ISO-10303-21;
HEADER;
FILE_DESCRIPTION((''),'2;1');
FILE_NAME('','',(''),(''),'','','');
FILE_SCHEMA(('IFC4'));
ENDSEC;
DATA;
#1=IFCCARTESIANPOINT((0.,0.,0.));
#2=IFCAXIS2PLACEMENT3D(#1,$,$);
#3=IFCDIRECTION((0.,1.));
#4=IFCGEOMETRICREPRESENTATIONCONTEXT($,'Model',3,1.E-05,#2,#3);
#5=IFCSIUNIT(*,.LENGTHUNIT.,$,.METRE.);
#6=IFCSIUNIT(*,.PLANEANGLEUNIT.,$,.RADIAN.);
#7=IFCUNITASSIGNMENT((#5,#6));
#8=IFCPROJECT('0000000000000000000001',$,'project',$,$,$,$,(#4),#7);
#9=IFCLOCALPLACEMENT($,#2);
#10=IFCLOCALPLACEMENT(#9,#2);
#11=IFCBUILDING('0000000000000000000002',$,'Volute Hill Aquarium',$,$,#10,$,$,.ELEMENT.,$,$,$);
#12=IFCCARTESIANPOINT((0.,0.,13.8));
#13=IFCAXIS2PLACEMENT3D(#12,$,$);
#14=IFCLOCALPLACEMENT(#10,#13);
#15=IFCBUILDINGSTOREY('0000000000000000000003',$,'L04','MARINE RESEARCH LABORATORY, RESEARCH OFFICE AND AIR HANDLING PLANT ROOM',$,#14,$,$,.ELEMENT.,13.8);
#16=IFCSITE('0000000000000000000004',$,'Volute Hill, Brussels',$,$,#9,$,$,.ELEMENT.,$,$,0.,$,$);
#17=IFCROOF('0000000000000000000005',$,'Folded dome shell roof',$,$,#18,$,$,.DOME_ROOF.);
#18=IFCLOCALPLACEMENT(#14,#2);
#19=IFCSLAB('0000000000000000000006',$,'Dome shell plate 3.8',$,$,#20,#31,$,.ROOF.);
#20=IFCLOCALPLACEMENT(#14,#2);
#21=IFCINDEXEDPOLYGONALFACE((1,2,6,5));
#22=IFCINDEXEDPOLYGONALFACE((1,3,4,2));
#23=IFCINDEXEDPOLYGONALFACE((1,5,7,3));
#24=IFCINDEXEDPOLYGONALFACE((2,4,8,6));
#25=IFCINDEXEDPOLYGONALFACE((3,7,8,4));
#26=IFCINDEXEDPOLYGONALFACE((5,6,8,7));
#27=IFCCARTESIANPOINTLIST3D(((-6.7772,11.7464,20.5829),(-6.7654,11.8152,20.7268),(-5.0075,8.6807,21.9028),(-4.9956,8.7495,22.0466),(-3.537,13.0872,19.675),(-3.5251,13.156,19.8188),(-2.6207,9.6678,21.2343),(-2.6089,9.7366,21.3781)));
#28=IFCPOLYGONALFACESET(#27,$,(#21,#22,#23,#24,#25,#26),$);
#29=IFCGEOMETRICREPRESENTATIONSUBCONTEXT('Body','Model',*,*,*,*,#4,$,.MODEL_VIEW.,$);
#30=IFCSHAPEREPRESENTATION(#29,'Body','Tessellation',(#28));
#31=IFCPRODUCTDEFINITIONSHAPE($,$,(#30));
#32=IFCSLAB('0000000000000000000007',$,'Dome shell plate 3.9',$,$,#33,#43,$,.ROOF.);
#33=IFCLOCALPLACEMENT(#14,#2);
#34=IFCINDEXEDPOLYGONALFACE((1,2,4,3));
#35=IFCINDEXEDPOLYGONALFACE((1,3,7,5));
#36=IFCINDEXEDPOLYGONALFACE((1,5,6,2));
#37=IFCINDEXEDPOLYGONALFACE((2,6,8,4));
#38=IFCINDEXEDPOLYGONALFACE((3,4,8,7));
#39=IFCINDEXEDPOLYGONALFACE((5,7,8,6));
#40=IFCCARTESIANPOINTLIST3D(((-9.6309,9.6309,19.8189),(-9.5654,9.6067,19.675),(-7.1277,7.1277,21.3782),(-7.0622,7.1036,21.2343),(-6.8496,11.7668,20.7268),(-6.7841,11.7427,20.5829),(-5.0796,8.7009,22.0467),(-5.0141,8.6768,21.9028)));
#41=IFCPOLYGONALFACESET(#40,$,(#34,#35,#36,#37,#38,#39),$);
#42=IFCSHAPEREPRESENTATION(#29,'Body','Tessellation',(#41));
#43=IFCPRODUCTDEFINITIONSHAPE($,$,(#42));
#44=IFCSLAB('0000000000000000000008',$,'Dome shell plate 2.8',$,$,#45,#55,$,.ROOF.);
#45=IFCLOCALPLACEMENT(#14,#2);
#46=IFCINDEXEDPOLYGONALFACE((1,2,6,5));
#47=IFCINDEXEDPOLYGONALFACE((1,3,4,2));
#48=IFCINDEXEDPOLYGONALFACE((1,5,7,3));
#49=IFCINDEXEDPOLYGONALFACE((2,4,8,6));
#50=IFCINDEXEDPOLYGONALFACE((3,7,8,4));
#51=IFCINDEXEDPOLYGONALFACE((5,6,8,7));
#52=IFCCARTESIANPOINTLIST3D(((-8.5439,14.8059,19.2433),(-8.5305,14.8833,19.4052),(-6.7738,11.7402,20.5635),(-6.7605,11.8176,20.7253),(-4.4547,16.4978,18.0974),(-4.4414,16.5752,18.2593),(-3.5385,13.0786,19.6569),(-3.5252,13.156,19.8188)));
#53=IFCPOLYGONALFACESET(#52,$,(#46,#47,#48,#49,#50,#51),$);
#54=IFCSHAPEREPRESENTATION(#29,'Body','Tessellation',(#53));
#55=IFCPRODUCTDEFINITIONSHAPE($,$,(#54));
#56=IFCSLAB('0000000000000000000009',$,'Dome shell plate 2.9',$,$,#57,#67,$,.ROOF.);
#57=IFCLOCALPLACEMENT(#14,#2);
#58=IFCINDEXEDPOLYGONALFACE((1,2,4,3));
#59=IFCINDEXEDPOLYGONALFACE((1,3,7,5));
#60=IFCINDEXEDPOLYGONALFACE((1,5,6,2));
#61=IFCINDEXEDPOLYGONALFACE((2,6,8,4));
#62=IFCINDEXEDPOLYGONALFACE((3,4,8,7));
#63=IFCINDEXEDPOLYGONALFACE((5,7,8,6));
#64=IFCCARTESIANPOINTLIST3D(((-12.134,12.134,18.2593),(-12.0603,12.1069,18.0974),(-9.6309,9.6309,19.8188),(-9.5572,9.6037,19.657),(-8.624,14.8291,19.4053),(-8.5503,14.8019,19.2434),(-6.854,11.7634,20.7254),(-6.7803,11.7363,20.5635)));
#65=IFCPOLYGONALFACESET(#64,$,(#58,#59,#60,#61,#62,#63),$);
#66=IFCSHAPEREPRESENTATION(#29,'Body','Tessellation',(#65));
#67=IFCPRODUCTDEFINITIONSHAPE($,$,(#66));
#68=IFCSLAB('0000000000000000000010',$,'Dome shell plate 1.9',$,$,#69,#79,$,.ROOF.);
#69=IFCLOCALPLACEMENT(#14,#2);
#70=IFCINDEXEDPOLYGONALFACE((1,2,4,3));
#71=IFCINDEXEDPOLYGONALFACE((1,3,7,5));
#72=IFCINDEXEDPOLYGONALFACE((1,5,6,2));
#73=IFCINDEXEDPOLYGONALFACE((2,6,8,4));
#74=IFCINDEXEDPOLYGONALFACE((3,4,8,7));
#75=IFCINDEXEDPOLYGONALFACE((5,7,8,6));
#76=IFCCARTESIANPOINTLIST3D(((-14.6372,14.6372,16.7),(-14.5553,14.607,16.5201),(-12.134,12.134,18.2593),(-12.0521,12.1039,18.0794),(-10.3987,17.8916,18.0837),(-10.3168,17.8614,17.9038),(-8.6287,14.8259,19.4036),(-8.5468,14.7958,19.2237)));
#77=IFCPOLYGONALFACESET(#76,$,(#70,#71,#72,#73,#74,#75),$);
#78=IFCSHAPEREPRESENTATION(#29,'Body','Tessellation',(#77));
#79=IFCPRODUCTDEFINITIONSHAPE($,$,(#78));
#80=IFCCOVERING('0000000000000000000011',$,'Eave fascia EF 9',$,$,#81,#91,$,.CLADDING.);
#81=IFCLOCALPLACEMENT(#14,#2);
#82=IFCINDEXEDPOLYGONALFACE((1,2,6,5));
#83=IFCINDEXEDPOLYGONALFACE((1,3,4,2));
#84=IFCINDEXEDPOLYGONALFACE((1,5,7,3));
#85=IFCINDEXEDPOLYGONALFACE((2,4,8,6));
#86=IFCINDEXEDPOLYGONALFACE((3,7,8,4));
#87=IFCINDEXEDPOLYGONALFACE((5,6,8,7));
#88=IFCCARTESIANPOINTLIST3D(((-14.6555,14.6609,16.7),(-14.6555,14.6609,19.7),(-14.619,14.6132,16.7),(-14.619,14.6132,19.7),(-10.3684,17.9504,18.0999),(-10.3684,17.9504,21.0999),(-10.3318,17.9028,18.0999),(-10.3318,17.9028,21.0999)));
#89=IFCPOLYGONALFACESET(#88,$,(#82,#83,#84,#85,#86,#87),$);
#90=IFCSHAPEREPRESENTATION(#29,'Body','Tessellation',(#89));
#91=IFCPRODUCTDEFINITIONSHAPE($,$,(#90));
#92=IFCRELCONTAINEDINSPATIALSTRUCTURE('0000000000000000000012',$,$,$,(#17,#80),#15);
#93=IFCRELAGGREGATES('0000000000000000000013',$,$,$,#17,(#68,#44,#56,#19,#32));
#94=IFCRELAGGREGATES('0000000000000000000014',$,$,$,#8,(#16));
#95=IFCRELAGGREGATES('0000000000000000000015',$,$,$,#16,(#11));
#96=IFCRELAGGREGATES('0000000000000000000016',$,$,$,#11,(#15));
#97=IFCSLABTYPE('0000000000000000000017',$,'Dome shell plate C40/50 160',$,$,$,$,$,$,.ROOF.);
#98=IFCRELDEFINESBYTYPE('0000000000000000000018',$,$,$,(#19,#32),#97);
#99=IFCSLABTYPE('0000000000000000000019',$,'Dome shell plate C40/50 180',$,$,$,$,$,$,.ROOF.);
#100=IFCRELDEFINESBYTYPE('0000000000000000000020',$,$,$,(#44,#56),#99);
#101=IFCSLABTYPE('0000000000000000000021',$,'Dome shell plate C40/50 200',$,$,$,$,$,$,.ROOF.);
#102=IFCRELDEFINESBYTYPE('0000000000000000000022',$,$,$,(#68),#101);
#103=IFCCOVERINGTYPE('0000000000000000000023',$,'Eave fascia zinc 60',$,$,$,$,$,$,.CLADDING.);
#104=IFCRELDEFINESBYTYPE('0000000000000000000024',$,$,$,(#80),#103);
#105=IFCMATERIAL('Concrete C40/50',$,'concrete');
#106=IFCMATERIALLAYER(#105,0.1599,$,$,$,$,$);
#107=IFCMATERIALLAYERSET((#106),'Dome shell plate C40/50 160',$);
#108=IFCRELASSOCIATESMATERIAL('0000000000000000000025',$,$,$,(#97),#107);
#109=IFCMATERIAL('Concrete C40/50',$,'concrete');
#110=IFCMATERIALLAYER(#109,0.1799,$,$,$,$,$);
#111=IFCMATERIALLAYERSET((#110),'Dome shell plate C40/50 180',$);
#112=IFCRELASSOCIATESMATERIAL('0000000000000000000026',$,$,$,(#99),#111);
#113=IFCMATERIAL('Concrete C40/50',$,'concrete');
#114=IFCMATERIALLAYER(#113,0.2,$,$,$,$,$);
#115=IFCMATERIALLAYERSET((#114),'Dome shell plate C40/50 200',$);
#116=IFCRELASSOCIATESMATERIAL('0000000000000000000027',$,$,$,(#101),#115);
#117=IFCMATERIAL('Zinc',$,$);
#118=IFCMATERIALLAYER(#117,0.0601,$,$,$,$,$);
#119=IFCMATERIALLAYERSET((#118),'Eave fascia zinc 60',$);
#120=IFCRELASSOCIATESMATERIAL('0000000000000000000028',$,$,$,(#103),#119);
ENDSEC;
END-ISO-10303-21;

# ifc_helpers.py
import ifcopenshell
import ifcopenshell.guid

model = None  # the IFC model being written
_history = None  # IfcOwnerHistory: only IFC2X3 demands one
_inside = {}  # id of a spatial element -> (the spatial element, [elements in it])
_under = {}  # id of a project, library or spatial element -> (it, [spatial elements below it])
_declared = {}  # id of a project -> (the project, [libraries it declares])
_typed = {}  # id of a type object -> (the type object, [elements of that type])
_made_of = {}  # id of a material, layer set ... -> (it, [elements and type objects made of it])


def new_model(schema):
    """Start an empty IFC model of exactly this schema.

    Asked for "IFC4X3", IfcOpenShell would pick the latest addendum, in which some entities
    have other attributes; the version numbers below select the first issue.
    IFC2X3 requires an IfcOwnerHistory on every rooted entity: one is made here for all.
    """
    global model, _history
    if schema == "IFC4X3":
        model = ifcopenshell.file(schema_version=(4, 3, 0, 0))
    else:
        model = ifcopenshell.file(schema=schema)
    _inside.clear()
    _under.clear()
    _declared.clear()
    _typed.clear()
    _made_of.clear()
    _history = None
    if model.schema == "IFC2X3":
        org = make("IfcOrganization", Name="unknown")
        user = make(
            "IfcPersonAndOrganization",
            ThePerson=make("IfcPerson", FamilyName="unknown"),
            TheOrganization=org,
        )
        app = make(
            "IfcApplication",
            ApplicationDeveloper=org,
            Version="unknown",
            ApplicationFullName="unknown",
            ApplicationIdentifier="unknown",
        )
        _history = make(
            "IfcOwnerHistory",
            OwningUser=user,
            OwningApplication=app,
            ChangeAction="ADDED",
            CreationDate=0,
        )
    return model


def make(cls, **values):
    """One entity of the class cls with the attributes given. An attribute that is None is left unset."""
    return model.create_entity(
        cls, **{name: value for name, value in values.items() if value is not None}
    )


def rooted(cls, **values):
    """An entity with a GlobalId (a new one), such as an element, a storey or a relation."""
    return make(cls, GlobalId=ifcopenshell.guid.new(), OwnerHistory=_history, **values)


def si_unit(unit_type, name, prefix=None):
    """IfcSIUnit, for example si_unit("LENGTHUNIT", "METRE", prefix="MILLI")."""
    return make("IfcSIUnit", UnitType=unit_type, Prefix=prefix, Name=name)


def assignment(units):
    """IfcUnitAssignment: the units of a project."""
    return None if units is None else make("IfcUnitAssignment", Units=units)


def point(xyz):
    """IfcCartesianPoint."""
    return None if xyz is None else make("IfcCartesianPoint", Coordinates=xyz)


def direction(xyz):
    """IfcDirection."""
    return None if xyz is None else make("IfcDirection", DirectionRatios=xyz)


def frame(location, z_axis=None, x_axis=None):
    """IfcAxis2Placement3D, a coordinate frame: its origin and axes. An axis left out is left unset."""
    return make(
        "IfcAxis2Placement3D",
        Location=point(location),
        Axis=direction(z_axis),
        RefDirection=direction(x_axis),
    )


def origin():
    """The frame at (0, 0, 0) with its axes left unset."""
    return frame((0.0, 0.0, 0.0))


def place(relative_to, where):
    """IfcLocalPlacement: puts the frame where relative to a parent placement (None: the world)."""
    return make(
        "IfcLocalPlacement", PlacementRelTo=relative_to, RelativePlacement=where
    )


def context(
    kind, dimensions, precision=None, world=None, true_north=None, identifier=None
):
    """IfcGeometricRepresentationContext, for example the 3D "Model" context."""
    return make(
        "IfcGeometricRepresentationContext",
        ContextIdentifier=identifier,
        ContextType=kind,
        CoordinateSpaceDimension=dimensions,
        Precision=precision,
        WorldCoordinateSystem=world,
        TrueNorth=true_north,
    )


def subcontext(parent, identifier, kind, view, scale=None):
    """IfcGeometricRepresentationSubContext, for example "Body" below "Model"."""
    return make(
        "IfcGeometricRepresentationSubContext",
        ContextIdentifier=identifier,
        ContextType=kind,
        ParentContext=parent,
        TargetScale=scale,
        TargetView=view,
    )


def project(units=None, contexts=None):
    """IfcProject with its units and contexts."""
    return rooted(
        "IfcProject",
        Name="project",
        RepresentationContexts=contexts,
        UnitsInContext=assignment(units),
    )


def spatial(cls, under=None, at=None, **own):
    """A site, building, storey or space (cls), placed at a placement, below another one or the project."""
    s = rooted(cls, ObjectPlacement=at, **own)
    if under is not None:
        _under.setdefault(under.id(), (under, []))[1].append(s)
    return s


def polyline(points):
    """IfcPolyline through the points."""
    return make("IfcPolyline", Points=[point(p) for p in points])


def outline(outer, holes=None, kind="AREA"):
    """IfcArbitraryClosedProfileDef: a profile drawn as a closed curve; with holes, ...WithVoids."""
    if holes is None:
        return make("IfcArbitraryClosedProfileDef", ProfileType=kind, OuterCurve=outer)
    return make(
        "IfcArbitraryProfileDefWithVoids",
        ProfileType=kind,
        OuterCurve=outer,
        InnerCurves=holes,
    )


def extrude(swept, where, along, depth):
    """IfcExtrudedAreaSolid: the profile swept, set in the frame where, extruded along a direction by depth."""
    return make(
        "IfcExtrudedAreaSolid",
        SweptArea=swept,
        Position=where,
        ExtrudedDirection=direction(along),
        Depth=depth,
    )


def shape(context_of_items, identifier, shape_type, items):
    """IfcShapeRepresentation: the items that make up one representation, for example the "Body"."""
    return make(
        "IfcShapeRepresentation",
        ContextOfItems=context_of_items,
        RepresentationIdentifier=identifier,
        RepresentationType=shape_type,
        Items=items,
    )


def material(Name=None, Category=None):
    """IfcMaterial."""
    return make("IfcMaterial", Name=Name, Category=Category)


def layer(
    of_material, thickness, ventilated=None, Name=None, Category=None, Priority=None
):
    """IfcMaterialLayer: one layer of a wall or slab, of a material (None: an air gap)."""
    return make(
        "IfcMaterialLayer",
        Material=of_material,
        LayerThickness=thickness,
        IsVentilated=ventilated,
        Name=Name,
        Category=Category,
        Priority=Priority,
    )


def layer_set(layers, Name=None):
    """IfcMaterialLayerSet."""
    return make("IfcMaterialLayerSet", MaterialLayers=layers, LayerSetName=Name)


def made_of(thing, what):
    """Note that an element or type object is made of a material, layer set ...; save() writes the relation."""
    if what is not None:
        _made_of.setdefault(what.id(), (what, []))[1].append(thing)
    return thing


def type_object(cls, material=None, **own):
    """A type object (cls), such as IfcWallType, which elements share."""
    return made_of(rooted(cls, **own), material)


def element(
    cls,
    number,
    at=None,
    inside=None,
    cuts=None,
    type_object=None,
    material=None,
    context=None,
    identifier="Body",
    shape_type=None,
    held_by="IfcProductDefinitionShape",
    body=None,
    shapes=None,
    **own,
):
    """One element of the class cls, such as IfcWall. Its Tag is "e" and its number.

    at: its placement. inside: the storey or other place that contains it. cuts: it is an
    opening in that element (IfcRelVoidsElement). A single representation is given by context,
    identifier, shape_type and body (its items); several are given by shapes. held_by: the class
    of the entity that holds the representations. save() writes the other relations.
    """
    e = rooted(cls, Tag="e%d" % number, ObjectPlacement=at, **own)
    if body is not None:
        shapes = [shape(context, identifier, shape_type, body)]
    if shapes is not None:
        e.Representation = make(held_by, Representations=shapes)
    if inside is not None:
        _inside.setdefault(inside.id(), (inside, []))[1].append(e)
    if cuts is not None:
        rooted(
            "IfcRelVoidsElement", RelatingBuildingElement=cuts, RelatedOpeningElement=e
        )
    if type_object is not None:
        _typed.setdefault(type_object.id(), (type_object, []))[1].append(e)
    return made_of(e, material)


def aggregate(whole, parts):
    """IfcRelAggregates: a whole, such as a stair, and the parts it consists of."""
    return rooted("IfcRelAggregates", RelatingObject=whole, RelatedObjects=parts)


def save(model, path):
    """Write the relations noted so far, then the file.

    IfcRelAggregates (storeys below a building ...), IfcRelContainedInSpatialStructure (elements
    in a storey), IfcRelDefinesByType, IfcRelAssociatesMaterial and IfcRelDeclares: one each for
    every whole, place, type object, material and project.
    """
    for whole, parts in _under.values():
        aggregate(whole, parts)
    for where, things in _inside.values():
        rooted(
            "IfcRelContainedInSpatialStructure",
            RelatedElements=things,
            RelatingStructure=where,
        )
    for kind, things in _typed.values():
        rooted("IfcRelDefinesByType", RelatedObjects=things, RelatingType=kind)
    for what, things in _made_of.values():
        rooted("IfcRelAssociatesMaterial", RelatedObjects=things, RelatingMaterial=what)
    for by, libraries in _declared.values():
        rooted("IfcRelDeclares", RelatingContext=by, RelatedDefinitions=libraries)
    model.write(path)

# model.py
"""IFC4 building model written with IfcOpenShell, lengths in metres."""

from ifc_helpers import new_model, si_unit, direction, frame, origin, place, context, subcontext, project, spatial, polyline, outline, extrude, material, layer, layer_set, type_object, element, aggregate, save


model = new_model("IFC4")

# Units and contexts
model_context = context("Model", 3, precision=1e-05, world=origin(), true_north=direction((0.0, 1.0)))
body_context = subcontext(model_context, "Body", "Model", "MODEL_VIEW")
ifc_project = project(units=[si_unit("LENGTHUNIT", "METRE"), si_unit("PLANEANGLEUNIT", "RADIAN")], contexts=[model_context])

# Site, building, storey
site_placement = place(None, origin())
site = spatial("IfcSite", under=ifc_project, at=site_placement, Name="Volute Hill, Brussels", CompositionType="ELEMENT", RefElevation=0.0)
building_placement = place(site_placement, origin())
building = spatial("IfcBuilding", under=site, at=building_placement, Name="Volute Hill Aquarium", CompositionType="ELEMENT")
storey_placement = place(building_placement, frame((0.0, 0.0, 13.8)))
storey = spatial("IfcBuildingStorey", under=building, at=storey_placement, Name="L04", Description="MARINE RESEARCH LABORATORY, RESEARCH OFFICE AND AIR HANDLING PLANT ROOM", CompositionType="ELEMENT", Elevation=13.8)

# Roof, slabs
roof_placement = place(storey_placement, origin())
roof = element("IfcRoof", 1, at=roof_placement, inside=storey, Name="Folded dome shell roof", PredefinedType="DOME_ROOF")
ifc_material_1 = material(Name="Concrete C40/50", Category="concrete")
ifc_layer_1 = layer(ifc_material_1, 0.1599)
ifc_layer_set_1 = layer_set([ifc_layer_1], Name="Dome shell plate C40/50 160")
slab_type_1 = type_object("IfcSlabType", Name="Dome shell plate C40/50 160", PredefinedType="ROOF", material=ifc_layer_set_1)
slab_1_placement = place(storey_placement, frame((-3.5251, 13.156, 19.8188), z_axis=(0.074111, 0.430137, 0.899716), x_axis=(-0.894516, -0.370157, 0.250648)))
slab_1 = element("IfcSlab", 2, at=slab_1_placement, type_object=slab_type_1, Name="Dome shell plate 3.8", PredefinedType="ROOF", context=body_context, shape_type="SweptSolid", body=[
    extrude(outline(polyline([(0.0, 0.0), (3.6223, 0.0), (3.5048, 3.7761), (0.837, 3.7766), (0.0, 0.0)])), origin(), (0.0, 0.0, -1.0), 0.1599),
])
slab_2_placement = place(storey_placement, frame((-6.8496, 11.7668, 20.7268), z_axis=(-0.409571, 0.150876, 0.899716), x_axis=(-0.767787, -0.589649, -0.250634)))
slab_2 = element("IfcSlab", 3, at=slab_2_placement, type_object=slab_type_1, Name="Dome shell plate 3.9", PredefinedType="ROOF", context=body_context, shape_type="SweptSolid", body=[
    extrude(outline(polyline([(0.0, 0.0), (3.6225, 0.0), (2.7857, 3.7767), (0.118, 3.7764), (0.0, 0.0)])), origin(), (0.0, 0.0, -1.0), 0.1599),
])
ifc_material_2 = material(Name="Concrete C40/50", Category="concrete")
ifc_layer_2 = layer(ifc_material_2, 0.1799)
ifc_layer_set_2 = layer_set([ifc_layer_2], Name="Dome shell plate C40/50 180")
slab_type_2 = type_object("IfcSlabType", Name="Dome shell plate C40/50 180", PredefinedType="ROOF", material=ifc_layer_set_2)
slab_3_placement = place(storey_placement, frame((-4.4414, 16.5752, 18.2593), z_axis=(0.074124, 0.430213, 0.899679), x_axis=(-0.894522, -0.370118, 0.250684)))
slab_3 = element("IfcSlab", 4, at=slab_3_placement, type_object=slab_type_2, Name="Dome shell plate 2.8", PredefinedType="ROOF", context=body_context, shape_type="SweptSolid", body=[
    extrude(outline(polyline([(0.0, 0.0), (4.5713, 0.0), (4.4535, 3.7762), (0.8369, 3.7765), (0.0, 0.0)])), origin(), (0.0, 0.0, -1.0), 0.1799),
])
slab_4_placement = place(storey_placement, frame((-8.624, 14.8291, 19.4053), z_axis=(-0.409612, 0.150917, 0.89969), x_axis=(-0.767837, -0.589561, -0.250687)))
slab_4 = element("IfcSlab", 5, at=slab_4_placement, type_object=slab_type_2, Name="Dome shell plate 2.9", PredefinedType="ROOF", context=body_context, shape_type="SweptSolid", body=[
    extrude(outline(polyline([(0.0, 0.0), (4.5713, 0.0), (3.7341, 3.7766), (0.1174, 3.7763), (0.0, 0.0)])), origin(), (0.0, 0.0, -1.0), 0.1799),
])
ifc_material_3 = material(Name="Concrete C40/50", Category="concrete")
ifc_layer_3 = layer(ifc_material_3, 0.2)
ifc_layer_set_3 = layer_set([ifc_layer_3], Name="Dome shell plate C40/50 200")
slab_type_3 = type_object("IfcSlabType", Name="Dome shell plate C40/50 200", PredefinedType="ROOF", material=ifc_layer_set_3)
slab_5_placement = place(storey_placement, frame((-10.3987, 17.8916, 18.0837), z_axis=(-0.409575, 0.150878, 0.899713), x_axis=(-0.767843, -0.589557, -0.250678)))
slab_5 = element("IfcSlab", 6, at=slab_5_placement, type_object=slab_type_3, Name="Dome shell plate 1.9", PredefinedType="ROOF", context=body_context, shape_type="SweptSolid", body=[
    extrude(outline(polyline([(0.0, 0.0), (5.5201, 0.0), (4.6829, 3.7766), (0.1174, 3.7762), (0.0, 0.0)])), origin(), (0.0, 0.0, -1.0), 0.2),
])
aggregate(roof, [slab_5, slab_3, slab_4, slab_1, slab_2])

# Covering
ifc_material_4 = material(Name="Zinc")
ifc_layer_4 = layer(ifc_material_4, 0.0601)
ifc_layer_set_4 = layer_set([ifc_layer_4], Name="Eave fascia zinc 60")
covering_type = type_object("IfcCoveringType", Name="Eave fascia zinc 60", PredefinedType="CLADDING", material=ifc_layer_set_4)
covering_placement = place(storey_placement, frame((-10.3684, 17.9504, 18.0999), z_axis=(-0.608754, 0.793359, 0.0), x_axis=(-0.768006, -0.5893, -0.250783)))
element("IfcCovering", 7, at=covering_placement, inside=storey, type_object=covering_type, Name="Eave fascia EF 9", PredefinedType="CLADDING", context=body_context, shape_type="SweptSolid", body=[
    extrude(outline(polyline([(0.0, 0.0), (5.5821, 0.0), (4.8298, 2.9041), (-0.7523, 2.9041), (0.0, 0.0)])), origin(), (0.0, 0.0, -1.0), 0.0601),
])

save(model, "model.ifc")
